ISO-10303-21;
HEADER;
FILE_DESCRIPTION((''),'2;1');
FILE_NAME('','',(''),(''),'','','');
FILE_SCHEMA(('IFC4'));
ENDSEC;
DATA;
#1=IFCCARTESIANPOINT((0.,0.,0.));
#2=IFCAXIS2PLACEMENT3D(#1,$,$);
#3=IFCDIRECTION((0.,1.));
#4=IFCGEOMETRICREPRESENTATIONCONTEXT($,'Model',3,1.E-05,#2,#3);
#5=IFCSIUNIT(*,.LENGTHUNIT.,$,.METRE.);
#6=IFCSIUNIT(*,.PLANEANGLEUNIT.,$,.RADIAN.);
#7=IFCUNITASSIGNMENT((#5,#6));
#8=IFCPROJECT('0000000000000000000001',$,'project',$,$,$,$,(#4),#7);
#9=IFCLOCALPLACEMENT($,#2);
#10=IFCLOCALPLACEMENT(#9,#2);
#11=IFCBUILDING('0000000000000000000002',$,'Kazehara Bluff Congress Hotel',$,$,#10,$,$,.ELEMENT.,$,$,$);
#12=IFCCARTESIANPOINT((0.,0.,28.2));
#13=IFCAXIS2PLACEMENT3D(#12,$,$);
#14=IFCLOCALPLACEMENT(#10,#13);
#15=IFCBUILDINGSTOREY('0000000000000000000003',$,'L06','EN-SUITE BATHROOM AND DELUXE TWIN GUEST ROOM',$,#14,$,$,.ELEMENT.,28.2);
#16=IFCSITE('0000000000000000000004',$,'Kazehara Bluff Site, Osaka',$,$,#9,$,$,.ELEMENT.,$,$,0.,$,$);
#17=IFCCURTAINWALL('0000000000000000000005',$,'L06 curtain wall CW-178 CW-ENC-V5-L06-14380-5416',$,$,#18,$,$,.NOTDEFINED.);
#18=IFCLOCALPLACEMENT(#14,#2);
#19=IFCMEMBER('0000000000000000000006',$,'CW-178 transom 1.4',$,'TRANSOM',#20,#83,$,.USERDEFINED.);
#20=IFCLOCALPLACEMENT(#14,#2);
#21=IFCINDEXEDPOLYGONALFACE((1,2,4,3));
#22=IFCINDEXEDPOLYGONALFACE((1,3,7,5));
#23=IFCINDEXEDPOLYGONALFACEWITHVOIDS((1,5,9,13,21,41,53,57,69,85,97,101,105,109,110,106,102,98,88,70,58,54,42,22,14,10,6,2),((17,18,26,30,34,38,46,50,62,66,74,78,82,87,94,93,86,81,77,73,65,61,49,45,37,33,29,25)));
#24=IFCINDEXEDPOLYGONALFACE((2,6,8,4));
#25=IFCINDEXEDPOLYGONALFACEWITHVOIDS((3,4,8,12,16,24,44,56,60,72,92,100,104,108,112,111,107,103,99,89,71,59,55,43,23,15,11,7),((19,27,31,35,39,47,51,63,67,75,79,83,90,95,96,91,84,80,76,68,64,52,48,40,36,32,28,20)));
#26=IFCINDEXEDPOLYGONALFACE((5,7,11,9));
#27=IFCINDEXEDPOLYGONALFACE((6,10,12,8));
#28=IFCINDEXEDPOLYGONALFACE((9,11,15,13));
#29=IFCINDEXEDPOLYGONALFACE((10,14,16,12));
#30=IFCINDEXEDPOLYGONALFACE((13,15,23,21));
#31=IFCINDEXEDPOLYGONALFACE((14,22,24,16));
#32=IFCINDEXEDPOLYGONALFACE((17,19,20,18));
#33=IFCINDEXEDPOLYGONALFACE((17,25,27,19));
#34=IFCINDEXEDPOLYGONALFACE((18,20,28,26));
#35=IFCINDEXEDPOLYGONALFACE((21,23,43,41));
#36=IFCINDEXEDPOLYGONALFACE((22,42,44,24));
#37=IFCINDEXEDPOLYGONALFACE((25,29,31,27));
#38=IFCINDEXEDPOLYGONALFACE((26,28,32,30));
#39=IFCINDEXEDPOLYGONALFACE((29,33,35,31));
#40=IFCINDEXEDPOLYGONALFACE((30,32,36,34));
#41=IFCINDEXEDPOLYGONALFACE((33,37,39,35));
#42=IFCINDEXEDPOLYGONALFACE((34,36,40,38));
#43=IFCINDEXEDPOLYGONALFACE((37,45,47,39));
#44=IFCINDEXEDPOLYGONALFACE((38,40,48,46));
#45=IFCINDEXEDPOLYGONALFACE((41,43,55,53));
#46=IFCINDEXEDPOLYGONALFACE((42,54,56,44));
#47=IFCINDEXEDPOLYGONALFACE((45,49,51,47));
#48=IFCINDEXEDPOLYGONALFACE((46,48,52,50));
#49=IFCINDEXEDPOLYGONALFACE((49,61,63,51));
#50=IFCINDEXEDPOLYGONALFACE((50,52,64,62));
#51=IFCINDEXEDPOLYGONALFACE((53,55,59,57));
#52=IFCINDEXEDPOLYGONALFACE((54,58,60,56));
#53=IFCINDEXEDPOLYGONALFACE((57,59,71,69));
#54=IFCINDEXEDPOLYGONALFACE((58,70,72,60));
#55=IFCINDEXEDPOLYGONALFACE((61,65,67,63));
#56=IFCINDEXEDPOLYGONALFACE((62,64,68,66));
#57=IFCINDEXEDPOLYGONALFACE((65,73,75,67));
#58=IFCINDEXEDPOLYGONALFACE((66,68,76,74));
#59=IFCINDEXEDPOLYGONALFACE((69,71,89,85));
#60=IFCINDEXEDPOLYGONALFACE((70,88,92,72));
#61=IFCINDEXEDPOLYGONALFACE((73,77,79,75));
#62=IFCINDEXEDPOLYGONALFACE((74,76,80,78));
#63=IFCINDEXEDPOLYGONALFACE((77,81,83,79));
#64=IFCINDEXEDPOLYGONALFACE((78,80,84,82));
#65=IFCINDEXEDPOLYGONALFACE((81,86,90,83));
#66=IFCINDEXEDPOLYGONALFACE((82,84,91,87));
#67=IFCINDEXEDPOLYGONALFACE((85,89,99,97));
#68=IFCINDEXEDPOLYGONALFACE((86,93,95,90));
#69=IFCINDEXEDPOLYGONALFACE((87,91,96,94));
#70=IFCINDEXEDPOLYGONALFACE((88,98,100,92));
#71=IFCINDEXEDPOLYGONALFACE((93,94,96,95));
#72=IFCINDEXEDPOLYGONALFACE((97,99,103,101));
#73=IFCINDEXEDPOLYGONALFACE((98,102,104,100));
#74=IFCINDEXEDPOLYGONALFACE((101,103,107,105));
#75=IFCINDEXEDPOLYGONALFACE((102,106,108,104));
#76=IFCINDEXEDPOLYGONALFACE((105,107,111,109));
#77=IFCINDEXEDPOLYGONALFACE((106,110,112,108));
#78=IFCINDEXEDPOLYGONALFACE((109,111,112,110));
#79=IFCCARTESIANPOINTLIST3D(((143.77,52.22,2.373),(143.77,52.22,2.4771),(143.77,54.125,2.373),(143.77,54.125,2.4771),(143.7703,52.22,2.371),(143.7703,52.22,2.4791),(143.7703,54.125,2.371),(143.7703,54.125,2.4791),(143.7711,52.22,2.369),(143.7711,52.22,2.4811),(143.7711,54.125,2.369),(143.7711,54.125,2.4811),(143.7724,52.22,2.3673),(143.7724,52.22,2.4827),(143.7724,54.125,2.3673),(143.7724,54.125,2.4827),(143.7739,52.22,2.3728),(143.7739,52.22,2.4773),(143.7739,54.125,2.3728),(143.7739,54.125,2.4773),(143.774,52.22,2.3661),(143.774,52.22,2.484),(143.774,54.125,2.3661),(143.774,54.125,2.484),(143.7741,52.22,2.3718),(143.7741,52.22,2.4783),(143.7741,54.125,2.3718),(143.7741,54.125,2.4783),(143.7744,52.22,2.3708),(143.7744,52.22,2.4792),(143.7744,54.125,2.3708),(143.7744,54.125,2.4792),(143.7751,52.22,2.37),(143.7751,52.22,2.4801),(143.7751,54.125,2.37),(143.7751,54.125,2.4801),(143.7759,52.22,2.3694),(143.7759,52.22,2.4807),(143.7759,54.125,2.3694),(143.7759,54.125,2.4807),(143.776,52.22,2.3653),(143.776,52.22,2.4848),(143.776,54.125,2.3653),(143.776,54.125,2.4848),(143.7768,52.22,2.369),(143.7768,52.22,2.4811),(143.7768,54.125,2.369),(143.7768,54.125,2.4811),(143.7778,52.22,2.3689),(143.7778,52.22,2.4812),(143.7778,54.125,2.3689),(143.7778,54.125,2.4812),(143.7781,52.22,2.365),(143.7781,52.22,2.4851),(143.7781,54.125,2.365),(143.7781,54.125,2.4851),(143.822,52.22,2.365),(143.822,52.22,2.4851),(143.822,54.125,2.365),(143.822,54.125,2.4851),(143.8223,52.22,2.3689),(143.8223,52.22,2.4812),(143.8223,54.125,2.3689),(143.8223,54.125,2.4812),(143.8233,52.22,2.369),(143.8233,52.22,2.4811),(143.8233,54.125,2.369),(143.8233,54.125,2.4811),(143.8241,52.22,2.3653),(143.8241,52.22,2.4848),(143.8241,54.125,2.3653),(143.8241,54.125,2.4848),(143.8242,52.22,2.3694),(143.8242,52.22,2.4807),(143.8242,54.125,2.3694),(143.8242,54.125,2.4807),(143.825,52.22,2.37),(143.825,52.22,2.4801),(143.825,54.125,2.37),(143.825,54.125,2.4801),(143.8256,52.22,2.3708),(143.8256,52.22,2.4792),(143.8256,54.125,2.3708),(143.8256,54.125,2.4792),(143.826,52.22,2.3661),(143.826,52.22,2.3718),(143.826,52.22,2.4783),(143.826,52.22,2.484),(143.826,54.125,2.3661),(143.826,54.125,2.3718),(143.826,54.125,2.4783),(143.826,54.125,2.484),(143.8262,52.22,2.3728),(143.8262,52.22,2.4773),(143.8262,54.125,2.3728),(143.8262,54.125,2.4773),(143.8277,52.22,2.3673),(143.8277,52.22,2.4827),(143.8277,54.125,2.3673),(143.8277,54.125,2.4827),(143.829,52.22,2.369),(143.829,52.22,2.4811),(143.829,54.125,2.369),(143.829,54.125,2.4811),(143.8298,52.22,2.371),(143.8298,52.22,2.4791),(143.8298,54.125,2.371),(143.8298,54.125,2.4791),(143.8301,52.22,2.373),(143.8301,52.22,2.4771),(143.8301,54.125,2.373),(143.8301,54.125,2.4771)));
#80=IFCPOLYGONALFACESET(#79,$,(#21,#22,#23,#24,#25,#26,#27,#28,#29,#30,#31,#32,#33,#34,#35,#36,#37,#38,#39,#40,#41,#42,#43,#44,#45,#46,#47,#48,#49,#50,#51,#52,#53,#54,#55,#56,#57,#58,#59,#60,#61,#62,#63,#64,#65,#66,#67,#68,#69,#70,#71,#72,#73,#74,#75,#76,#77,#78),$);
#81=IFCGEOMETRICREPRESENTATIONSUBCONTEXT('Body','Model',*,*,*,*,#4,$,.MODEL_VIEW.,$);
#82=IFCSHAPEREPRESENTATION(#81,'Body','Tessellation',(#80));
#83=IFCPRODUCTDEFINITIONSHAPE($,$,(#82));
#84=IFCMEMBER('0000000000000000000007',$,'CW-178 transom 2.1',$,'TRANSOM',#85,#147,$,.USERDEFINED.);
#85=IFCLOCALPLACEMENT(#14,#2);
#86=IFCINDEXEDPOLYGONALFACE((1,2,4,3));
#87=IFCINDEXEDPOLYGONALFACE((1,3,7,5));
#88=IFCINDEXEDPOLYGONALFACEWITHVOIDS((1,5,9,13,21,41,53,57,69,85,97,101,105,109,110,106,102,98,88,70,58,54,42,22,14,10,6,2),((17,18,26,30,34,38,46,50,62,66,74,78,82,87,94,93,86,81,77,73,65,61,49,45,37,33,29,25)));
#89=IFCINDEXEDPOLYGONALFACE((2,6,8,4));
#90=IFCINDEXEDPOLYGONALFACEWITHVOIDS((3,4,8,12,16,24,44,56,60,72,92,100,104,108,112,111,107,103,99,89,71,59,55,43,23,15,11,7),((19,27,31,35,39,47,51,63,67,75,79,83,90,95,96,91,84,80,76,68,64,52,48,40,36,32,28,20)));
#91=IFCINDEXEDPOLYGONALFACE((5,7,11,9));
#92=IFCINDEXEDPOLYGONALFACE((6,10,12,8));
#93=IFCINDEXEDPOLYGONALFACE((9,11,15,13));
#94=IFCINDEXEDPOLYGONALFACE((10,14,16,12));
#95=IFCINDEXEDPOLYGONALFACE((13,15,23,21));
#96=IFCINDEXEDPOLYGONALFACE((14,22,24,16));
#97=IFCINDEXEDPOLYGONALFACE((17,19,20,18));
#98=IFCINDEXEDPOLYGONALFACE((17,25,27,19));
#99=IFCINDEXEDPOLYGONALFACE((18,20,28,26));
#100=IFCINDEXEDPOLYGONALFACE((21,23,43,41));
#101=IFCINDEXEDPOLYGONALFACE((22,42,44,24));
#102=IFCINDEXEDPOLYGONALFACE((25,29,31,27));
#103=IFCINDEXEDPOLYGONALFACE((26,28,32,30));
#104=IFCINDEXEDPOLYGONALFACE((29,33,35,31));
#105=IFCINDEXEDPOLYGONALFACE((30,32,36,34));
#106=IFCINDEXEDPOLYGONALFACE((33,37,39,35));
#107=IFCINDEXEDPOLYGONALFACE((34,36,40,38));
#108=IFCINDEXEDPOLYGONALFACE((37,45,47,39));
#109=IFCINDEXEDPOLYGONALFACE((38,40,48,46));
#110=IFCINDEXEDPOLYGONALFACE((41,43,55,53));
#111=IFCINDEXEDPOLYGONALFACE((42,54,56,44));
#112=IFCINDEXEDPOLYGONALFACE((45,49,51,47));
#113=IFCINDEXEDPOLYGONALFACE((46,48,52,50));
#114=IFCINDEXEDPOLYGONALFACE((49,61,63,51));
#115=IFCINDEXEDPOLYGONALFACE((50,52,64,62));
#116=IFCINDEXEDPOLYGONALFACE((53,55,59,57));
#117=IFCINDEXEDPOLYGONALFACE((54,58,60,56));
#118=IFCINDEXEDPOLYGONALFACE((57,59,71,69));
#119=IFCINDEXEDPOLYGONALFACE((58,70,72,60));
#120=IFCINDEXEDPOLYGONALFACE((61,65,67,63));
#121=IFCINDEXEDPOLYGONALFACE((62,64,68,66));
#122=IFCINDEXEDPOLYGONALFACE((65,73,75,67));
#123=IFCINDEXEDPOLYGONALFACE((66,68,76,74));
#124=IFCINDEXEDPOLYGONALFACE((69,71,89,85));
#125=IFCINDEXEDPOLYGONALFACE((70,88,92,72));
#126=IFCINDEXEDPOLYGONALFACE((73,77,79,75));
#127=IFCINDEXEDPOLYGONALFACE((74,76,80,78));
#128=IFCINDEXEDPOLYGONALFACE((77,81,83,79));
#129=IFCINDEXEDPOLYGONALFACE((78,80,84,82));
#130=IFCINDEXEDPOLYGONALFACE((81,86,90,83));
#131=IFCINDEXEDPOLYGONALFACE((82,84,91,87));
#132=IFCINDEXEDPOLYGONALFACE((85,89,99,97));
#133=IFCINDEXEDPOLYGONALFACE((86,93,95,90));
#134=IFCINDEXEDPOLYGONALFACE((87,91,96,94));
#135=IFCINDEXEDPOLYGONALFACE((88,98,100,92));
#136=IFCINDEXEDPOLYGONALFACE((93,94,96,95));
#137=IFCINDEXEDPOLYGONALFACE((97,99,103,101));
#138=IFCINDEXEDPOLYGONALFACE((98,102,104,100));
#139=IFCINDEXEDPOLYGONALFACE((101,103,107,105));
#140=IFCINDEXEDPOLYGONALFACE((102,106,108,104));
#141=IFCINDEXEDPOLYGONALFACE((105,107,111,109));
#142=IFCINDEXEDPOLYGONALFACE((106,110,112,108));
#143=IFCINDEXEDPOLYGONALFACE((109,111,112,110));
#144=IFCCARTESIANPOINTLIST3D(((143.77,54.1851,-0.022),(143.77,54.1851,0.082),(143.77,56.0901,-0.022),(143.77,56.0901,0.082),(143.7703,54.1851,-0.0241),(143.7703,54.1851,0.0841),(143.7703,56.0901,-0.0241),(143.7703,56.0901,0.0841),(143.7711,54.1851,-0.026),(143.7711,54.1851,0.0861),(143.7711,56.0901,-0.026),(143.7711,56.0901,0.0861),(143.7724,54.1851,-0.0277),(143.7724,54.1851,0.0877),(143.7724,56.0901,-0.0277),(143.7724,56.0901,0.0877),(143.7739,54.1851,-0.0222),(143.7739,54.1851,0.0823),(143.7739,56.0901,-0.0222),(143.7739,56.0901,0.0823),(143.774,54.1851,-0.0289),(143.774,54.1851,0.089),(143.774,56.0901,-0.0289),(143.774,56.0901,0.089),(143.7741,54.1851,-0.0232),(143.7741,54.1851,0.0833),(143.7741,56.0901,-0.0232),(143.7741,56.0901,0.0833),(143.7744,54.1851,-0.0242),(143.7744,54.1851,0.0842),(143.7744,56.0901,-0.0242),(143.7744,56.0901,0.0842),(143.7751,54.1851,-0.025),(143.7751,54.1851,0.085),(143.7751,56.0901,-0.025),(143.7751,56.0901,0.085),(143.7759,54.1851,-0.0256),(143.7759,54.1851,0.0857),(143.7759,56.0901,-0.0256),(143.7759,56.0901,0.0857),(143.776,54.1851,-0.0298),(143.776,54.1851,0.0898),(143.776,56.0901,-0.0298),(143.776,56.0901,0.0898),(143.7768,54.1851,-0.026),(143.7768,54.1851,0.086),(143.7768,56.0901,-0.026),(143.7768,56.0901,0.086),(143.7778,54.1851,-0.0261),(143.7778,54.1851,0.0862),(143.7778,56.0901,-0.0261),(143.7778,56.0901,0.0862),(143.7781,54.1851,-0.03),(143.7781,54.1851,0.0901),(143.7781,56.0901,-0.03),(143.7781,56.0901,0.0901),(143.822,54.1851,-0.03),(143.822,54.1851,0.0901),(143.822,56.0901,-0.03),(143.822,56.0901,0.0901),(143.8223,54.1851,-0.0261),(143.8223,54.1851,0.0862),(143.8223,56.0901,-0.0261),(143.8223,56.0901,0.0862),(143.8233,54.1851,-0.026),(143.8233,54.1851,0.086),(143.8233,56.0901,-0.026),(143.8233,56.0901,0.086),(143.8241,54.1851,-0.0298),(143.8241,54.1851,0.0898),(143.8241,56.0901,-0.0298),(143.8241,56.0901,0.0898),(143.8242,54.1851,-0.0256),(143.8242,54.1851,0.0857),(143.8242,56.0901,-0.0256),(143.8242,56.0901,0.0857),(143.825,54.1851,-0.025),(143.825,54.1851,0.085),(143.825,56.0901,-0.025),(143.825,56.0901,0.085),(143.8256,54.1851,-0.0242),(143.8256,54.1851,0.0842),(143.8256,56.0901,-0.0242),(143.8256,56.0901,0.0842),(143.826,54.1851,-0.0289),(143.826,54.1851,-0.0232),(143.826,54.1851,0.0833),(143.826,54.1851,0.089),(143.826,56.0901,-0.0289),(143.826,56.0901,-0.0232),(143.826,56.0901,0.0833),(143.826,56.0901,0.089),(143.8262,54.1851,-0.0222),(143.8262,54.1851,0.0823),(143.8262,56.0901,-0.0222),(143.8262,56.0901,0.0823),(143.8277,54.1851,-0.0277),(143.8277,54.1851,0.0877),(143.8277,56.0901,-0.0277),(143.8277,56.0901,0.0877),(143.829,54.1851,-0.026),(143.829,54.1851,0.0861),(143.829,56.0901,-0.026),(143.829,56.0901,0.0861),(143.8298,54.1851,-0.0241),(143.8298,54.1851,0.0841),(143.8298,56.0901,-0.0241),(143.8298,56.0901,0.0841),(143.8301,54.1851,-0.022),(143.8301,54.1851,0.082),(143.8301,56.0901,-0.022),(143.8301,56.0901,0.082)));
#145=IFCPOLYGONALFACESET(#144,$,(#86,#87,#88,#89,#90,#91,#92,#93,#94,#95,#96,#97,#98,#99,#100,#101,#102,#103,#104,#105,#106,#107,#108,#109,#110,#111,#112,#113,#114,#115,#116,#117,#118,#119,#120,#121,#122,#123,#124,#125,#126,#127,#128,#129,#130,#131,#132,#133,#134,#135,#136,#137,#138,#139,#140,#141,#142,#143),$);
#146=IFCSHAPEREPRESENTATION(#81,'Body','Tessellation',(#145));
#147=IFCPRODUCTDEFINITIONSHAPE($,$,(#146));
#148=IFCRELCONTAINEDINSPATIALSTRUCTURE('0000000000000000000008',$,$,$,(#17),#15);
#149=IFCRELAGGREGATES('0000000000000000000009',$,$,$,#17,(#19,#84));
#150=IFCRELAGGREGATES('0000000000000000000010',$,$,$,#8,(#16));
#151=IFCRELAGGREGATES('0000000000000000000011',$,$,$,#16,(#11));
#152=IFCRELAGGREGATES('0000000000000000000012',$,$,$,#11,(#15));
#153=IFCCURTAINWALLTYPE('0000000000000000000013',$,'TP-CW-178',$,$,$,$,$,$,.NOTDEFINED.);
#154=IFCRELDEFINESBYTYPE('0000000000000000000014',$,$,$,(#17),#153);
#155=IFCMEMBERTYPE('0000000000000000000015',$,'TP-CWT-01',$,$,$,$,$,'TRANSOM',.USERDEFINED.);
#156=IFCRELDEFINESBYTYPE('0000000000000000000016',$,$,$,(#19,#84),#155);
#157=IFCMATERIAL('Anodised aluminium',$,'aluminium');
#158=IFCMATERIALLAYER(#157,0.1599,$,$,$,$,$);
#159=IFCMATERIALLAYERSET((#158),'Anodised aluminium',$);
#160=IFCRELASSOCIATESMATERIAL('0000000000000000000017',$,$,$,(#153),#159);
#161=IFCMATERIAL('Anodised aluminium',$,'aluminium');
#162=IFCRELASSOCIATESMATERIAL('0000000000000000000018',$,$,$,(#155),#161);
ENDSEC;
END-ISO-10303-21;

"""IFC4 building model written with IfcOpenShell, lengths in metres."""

from ifc_helpers import new_model, si_unit, direction, frame, origin, origin_2d, place, context, subcontext, project, spatial, hollow_rectangle, extrude, material, layer, layer_set, material_profile, profile_set, type_object, element, aggregate, save


model = new_model("IFC4")

# Units and contexts
model_context = context("Model", 3, precision=1e-05, world=origin(), true_north=direction((0.0, 1.0)))
body_context = subcontext(model_context, "Body", "Model", "MODEL_VIEW")
ifc_project = project(units=[si_unit("LENGTHUNIT", "METRE"), si_unit("PLANEANGLEUNIT", "RADIAN")], contexts=[model_context])

# Site, building, storey
site_placement = place(None, origin())
site = spatial("IfcSite", under=ifc_project, at=site_placement, Name="Kazehara Bluff Site, Osaka", CompositionType="ELEMENT", RefElevation=0.0)
building_placement = place(site_placement, origin())
building = spatial("IfcBuilding", under=site, at=building_placement, Name="Kazehara Bluff Congress Hotel", CompositionType="ELEMENT")
storey_placement = place(building_placement, frame((0.0, 0.0, 28.2)))
storey = spatial("IfcBuildingStorey", under=building, at=storey_placement, Name="L06", Description="EN-SUITE BATHROOM AND DELUXE TWIN GUEST ROOM", CompositionType="ELEMENT", Elevation=28.2)

# Curtain wall
ifc_material_1 = material(Name="Anodised aluminium", Category="aluminium")
ifc_layer_1 = layer(ifc_material_1, 0.1599)
ifc_layer_set_1 = layer_set([ifc_layer_1], Name="Anodised aluminium")
curtain_wall_type_1 = type_object("IfcCurtainWallType", Name="TP-CW-178", PredefinedType="NOTDEFINED", material=ifc_layer_set_1)
curtain_wall_1_placement = place(storey_placement, origin())
curtain_wall_1 = element("IfcCurtainWall", 1, at=curtain_wall_1_placement, inside=storey, type_object=curtain_wall_type_1, Name="L06 curtain wall CW-178 CW-ENC-V5-L06-14380-5416", PredefinedType="NOTDEFINED")

# Members
ifc_material_2 = material(Name="Anodised aluminium", Category="aluminium")
ifc_material_profile_1 = material_profile(ifc_material_2, hollow_rectangle(XDim=0.0601, YDim=0.1201, WallThickness=0.0039, InnerFilletRadius=0.0039, OuterFilletRadius=0.0081, at=origin_2d()))
ifc_profile_set_1 = profile_set([ifc_material_profile_1], Name="Anodised aluminium")
member_type_1 = type_object("IfcMemberType", Name="TP-CWT-01", ElementType="TRANSOM", PredefinedType="USERDEFINED", material=ifc_profile_set_1)
member_1_placement = place(storey_placement, frame((143.8, 52.22, 2.425), z_axis=(0.0, 1.0, 0.0), x_axis=(-1.0, 0.0, 0.0)))
member_1 = element("IfcMember", 2, at=member_1_placement, type_object=member_type_1, Name="CW-178 transom 1.4", ObjectType="TRANSOM", PredefinedType="USERDEFINED", context=body_context, shape_type="SweptSolid", body=[
    extrude(hollow_rectangle(XDim=0.0601, YDim=0.1201, WallThickness=0.0039, InnerFilletRadius=0.0039, OuterFilletRadius=0.0081, at=origin_2d()), origin(), (0.0, 0.0, 1.0), 1.905),
])
member_2_placement = place(storey_placement, frame((143.8, 54.1851, 0.03), z_axis=(0.0, 1.0, 0.0), x_axis=(-1.0, 0.0, 0.0)))
member_2 = element("IfcMember", 3, at=member_2_placement, type_object=member_type_1, Name="CW-178 transom 2.1", ObjectType="TRANSOM", PredefinedType="USERDEFINED", context=body_context, shape_type="SweptSolid", body=[
    extrude(hollow_rectangle(XDim=0.0601, YDim=0.1201, WallThickness=0.0039, InnerFilletRadius=0.0039, OuterFilletRadius=0.0081, at=origin_2d()), origin(), (0.0, 0.0, 1.0), 1.905),
])

aggregate(curtain_wall_1, [member_1, member_2])

save(model, "model.ifc")
